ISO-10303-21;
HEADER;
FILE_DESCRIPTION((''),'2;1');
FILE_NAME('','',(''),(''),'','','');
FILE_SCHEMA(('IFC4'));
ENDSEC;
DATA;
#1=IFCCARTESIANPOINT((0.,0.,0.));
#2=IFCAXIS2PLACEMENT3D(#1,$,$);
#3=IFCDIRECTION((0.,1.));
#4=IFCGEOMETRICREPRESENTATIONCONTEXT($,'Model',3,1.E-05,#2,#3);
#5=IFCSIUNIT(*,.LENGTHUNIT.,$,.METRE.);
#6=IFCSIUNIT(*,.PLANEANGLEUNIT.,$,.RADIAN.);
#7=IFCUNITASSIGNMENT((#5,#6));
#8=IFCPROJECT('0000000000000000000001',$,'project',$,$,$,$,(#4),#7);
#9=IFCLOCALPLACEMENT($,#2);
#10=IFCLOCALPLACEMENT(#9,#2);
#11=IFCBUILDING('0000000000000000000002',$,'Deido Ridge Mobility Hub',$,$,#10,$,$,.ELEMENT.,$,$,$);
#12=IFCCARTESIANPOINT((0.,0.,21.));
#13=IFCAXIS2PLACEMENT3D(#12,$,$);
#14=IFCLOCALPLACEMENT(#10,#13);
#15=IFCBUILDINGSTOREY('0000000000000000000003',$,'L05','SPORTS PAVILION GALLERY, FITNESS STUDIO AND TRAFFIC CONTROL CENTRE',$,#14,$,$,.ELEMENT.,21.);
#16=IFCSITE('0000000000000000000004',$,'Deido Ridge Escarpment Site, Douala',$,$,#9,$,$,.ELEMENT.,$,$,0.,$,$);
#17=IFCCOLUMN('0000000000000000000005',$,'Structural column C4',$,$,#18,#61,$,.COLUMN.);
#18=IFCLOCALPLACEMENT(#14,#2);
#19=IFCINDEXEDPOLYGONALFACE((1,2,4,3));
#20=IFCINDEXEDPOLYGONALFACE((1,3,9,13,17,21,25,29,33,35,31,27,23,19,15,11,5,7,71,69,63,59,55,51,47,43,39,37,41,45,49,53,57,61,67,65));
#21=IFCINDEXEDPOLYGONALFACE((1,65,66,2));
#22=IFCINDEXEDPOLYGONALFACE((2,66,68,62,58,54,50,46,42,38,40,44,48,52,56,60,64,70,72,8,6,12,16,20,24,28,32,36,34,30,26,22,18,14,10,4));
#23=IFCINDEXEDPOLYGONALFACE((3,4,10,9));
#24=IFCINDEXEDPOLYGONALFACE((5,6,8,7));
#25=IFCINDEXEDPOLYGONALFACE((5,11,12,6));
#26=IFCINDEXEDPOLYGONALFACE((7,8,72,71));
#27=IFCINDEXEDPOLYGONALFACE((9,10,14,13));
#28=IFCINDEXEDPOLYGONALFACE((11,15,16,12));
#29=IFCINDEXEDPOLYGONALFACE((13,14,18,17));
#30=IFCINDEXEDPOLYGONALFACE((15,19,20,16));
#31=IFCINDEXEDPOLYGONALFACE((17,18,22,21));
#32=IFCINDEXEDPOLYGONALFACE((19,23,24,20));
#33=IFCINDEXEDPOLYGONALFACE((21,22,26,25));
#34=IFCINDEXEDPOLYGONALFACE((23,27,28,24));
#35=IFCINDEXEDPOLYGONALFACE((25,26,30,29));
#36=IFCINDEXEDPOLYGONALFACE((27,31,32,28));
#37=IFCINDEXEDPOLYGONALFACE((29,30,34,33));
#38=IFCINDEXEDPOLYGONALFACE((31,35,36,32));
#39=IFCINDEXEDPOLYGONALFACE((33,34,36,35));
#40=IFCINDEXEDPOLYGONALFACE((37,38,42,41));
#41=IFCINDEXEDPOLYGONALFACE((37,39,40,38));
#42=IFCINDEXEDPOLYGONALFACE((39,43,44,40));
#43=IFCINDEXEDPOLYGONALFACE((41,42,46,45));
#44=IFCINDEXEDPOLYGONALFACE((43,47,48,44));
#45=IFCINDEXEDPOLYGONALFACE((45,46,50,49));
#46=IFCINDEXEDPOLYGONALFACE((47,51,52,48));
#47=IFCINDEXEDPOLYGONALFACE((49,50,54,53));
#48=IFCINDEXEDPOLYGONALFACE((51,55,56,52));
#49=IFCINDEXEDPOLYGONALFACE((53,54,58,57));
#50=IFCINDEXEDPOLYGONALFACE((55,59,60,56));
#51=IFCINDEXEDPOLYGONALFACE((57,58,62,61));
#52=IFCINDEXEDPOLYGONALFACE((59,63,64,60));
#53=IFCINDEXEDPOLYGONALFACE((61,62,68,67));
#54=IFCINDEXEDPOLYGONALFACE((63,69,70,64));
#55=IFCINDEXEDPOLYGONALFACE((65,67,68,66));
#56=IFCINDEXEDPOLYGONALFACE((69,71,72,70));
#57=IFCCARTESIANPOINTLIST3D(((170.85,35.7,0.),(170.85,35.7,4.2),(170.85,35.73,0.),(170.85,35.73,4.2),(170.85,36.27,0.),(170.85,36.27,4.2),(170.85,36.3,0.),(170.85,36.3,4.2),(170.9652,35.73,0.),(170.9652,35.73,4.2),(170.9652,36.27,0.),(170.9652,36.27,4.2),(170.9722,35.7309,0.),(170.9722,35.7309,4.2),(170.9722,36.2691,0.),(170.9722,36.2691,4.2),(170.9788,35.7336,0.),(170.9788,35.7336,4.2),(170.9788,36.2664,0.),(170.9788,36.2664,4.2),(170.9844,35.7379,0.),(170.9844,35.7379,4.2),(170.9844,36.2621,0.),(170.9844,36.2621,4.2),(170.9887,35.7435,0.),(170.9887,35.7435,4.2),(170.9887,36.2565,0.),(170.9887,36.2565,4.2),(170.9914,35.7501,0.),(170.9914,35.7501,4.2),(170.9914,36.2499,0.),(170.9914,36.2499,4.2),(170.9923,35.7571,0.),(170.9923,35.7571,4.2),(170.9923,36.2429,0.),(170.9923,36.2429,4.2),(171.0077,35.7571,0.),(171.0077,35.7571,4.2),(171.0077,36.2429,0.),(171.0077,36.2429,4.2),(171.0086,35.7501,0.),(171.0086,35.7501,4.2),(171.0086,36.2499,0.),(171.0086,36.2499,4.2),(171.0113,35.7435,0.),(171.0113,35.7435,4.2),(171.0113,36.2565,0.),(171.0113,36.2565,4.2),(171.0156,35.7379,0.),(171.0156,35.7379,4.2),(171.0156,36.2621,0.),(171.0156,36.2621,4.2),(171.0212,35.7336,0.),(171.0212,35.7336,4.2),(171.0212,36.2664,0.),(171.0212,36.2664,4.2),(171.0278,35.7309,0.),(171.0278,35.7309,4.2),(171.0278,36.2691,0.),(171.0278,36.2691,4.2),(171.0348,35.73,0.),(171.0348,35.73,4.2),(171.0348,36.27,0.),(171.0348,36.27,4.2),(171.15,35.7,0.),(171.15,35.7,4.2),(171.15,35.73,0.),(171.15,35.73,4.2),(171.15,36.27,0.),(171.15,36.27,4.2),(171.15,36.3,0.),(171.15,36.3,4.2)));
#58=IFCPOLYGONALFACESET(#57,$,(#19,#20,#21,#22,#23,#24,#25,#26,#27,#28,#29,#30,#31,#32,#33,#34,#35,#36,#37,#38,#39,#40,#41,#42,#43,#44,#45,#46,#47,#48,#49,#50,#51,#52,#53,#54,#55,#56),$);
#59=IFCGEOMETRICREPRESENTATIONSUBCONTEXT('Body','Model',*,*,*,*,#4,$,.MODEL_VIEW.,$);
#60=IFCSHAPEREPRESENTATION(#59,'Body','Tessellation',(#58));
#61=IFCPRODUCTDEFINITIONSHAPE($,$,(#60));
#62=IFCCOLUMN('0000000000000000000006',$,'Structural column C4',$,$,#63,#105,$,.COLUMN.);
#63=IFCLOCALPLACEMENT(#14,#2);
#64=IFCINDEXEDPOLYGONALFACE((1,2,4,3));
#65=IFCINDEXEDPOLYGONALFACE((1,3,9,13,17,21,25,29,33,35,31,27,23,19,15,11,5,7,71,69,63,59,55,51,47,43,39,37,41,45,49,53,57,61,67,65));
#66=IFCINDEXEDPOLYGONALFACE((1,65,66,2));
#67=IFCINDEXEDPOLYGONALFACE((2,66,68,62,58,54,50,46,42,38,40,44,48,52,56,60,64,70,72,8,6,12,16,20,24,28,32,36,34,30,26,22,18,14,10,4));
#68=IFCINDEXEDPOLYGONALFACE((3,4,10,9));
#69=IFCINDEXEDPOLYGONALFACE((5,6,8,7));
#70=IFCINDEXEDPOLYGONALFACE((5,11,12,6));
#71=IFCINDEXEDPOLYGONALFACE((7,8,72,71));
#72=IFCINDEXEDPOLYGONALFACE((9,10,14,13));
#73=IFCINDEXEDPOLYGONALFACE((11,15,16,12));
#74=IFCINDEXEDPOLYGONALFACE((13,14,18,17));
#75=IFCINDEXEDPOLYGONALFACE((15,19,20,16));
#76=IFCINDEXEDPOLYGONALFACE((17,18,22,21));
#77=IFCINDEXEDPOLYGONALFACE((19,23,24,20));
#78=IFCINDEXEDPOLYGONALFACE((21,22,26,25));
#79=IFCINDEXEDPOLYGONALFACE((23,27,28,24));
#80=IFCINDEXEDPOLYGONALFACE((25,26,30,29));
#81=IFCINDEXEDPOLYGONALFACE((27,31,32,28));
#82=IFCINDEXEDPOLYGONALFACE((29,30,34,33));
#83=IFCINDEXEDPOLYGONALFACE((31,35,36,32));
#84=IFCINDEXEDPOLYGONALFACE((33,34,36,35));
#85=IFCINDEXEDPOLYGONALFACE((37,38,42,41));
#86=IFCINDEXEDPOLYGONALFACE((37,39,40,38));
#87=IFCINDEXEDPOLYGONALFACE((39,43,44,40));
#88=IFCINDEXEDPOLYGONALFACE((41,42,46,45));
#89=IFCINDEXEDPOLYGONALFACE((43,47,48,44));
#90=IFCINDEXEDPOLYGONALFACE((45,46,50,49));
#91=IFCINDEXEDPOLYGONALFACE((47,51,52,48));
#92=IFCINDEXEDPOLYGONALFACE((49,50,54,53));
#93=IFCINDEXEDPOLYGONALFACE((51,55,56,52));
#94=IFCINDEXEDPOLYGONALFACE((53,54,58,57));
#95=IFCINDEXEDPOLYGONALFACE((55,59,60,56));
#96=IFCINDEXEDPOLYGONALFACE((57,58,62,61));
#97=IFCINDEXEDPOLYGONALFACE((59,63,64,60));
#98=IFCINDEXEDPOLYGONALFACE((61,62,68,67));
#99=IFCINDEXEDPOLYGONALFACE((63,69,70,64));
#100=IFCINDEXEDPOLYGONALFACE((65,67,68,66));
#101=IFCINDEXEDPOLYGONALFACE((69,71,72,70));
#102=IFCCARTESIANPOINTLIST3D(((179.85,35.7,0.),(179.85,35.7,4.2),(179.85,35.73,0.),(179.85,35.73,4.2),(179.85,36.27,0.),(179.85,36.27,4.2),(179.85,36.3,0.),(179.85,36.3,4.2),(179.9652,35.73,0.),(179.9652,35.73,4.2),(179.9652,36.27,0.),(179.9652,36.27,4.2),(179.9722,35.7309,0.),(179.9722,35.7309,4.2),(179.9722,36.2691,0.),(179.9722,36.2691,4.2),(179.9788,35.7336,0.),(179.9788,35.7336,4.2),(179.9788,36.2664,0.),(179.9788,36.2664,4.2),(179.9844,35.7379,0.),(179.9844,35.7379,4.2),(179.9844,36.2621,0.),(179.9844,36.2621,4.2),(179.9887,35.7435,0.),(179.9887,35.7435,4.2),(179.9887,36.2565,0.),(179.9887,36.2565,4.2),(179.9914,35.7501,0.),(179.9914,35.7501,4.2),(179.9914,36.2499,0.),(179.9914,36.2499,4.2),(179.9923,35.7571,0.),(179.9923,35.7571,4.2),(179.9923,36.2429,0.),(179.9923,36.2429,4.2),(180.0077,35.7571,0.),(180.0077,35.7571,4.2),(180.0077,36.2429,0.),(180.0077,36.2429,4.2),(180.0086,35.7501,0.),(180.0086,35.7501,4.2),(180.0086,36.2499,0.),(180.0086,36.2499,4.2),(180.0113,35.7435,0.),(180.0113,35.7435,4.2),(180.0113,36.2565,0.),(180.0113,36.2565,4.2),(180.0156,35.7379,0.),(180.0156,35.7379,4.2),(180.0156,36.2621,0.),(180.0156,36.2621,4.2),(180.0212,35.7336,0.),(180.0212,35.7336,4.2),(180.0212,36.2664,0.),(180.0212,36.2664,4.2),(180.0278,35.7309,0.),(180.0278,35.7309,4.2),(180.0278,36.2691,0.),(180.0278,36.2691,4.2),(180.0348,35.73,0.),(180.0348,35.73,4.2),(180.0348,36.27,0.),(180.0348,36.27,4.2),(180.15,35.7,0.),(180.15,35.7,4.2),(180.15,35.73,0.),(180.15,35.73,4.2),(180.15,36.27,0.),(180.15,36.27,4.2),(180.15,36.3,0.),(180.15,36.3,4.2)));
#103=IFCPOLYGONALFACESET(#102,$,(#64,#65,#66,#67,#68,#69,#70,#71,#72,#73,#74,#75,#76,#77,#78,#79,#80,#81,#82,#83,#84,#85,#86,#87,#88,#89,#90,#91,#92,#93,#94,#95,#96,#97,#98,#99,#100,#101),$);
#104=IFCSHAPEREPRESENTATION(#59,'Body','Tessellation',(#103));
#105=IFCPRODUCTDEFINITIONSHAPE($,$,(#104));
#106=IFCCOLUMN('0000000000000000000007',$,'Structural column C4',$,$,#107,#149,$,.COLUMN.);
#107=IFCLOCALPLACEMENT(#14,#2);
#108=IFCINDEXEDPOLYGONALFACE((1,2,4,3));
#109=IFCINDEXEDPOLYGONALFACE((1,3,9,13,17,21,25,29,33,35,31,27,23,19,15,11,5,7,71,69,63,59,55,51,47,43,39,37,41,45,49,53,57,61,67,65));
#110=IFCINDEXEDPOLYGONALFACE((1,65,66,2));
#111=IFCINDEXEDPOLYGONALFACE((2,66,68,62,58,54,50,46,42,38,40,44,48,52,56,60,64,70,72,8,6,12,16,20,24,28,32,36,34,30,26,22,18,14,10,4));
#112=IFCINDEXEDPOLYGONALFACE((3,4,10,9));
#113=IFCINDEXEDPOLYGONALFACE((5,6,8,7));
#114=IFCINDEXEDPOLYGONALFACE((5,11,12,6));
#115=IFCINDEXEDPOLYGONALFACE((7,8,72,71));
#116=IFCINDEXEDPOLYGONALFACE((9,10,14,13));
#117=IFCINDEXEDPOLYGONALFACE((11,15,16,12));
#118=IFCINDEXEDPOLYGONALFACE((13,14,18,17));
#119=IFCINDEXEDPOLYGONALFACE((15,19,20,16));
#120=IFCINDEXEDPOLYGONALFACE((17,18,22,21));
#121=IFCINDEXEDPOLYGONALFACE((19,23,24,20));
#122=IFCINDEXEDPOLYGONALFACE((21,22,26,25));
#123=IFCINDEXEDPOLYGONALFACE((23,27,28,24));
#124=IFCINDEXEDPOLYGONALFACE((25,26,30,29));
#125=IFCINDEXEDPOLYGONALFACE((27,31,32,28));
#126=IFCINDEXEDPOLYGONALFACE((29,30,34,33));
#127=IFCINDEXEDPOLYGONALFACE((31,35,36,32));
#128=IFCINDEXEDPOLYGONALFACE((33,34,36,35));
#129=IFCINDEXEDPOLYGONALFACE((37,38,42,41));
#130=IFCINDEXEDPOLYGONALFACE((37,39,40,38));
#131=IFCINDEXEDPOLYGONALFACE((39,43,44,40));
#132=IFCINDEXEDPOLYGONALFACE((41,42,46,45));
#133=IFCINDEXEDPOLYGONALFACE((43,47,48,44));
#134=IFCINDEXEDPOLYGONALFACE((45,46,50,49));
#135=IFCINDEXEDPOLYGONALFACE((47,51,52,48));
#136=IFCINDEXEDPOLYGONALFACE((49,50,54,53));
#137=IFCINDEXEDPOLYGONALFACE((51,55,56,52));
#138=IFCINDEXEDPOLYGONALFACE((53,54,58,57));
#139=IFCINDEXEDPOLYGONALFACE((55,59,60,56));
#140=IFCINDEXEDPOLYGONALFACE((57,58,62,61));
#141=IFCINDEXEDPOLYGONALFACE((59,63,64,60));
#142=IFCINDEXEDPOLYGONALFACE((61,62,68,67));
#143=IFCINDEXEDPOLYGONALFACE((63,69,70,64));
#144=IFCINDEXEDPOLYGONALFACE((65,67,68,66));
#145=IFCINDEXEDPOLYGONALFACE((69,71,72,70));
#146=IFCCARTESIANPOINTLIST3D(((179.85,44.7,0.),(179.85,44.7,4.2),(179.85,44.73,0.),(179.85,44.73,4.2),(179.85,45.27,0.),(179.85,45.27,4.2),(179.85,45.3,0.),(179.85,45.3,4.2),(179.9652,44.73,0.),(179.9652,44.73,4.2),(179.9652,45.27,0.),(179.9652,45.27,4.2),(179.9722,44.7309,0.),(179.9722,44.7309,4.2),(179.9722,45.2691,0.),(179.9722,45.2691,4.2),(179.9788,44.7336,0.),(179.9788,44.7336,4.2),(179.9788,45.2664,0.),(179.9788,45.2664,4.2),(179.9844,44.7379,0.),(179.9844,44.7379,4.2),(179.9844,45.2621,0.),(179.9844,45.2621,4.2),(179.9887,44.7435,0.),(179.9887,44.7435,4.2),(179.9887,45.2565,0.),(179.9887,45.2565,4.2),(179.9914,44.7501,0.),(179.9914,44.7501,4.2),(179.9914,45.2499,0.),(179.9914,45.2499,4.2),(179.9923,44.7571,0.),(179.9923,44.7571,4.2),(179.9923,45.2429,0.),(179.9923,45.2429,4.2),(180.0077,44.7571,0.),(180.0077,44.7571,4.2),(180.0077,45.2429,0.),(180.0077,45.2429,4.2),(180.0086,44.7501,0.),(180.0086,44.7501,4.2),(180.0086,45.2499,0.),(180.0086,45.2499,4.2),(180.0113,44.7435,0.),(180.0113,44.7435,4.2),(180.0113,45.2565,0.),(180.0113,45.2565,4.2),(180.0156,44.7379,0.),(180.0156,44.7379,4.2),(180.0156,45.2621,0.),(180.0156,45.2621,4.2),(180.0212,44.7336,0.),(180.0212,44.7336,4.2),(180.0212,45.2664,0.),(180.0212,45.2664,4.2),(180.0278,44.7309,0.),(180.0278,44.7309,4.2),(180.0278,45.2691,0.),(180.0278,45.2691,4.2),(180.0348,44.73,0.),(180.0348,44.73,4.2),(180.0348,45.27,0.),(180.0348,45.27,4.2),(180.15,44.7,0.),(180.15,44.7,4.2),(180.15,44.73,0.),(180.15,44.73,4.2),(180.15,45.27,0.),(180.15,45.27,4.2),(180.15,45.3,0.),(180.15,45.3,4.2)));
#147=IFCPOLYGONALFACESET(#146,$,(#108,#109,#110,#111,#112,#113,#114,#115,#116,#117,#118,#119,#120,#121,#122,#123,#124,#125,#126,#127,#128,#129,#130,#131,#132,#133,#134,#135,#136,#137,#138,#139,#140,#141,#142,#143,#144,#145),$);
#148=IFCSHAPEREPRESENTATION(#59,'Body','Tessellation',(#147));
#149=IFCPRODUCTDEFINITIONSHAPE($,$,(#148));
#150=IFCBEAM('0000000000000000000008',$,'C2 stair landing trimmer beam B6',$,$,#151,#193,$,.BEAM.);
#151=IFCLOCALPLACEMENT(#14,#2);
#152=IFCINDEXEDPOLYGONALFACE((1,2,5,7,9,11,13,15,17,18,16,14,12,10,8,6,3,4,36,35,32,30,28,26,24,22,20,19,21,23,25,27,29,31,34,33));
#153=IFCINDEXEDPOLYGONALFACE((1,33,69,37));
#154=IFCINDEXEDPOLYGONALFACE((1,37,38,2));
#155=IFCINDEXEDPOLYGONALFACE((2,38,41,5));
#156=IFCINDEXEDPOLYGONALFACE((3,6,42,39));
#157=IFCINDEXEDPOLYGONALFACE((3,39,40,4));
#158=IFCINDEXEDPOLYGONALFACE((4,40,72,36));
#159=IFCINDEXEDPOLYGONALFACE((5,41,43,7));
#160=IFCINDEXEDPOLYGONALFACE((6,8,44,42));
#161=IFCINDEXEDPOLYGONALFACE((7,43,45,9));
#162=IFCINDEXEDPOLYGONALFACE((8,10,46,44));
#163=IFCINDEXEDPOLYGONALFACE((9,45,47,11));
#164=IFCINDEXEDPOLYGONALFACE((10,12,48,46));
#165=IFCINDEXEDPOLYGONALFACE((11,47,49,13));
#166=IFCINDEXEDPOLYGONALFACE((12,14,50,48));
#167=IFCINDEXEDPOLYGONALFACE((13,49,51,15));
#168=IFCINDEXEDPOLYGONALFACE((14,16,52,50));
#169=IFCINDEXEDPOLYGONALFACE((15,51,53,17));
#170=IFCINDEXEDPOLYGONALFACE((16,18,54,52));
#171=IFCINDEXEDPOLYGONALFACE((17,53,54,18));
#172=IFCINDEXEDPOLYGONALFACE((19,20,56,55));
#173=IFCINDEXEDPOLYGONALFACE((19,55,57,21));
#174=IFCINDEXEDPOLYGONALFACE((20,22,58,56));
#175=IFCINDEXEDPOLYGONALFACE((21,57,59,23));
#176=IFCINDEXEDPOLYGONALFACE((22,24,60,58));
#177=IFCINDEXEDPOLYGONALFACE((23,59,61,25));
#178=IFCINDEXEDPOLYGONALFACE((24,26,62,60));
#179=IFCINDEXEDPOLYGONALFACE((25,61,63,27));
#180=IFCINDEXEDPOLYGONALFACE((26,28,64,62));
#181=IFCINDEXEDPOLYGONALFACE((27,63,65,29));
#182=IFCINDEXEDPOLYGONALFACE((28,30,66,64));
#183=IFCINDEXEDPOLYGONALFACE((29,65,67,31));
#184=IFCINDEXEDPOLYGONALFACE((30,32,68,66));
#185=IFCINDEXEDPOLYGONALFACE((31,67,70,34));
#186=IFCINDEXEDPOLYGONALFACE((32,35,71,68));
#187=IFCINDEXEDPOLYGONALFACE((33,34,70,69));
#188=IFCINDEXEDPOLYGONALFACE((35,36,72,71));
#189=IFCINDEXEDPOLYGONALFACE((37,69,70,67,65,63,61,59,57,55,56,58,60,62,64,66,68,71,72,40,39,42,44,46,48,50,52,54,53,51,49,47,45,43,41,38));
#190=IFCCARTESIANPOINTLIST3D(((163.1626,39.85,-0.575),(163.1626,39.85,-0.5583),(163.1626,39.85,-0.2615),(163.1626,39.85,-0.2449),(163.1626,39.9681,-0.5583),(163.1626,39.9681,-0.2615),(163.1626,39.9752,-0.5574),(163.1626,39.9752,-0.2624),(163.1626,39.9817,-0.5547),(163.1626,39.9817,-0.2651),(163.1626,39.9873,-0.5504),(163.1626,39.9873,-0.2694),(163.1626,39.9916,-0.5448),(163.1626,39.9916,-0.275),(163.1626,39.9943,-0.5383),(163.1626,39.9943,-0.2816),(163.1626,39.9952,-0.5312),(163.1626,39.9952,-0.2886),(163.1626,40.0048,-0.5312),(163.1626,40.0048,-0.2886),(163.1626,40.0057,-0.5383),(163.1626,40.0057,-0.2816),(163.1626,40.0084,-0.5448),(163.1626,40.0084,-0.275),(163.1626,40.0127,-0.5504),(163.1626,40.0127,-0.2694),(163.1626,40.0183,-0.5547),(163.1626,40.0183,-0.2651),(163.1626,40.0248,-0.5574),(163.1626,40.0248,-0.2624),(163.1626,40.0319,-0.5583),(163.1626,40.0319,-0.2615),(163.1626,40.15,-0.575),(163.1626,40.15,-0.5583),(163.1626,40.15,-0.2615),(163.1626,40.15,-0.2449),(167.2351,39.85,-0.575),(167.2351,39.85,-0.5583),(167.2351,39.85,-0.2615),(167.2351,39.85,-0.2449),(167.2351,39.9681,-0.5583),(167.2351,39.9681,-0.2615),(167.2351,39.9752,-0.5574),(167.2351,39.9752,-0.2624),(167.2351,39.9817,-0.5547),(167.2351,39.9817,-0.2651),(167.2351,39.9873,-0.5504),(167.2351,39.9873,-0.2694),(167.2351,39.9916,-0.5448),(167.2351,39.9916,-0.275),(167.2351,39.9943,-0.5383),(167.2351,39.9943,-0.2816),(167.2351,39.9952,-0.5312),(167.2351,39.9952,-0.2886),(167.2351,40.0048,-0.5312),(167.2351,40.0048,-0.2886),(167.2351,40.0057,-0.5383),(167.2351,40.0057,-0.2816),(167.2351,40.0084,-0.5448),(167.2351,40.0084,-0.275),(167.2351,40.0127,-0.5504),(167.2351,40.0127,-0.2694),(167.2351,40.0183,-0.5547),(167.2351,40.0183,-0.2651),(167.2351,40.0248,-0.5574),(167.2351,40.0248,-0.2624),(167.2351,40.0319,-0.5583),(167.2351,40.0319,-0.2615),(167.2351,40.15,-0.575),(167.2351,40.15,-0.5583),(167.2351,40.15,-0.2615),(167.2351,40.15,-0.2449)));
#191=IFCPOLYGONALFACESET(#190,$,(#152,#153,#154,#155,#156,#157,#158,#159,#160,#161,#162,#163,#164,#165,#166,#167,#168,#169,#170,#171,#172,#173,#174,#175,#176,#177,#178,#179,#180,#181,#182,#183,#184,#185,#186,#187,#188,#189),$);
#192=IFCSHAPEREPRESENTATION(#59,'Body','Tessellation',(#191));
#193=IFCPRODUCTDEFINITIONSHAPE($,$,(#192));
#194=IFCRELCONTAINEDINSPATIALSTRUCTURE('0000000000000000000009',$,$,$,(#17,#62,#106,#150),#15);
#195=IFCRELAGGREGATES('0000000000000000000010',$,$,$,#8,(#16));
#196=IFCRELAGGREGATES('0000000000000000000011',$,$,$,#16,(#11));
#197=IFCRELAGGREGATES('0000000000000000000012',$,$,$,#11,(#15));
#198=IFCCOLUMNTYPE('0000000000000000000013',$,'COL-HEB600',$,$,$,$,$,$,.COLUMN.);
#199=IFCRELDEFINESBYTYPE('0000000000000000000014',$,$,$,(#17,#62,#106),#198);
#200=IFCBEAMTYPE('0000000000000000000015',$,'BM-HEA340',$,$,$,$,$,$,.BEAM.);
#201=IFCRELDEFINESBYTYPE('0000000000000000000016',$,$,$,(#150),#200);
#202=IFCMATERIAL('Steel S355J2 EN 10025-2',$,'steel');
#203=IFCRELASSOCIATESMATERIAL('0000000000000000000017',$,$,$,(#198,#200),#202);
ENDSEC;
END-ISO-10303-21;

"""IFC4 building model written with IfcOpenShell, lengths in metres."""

from ifc_helpers import new_model, si_unit, direction, frame, origin, origin_2d, place, context, subcontext, project, spatial, i_section, extrude, material, material_profile, profile_set, type_object, element, save


model = new_model("IFC4")

# Units and contexts
model_context = context("Model", 3, precision=1e-05, world=origin(), true_north=direction((0.0, 1.0)))
body_context = subcontext(model_context, "Body", "Model", "MODEL_VIEW")
ifc_project = project(units=[si_unit("LENGTHUNIT", "METRE"), si_unit("PLANEANGLEUNIT", "RADIAN")], contexts=[model_context])

# Site, building, storey
site_placement = place(None, origin())
site = spatial("IfcSite", under=ifc_project, at=site_placement, Name="Deido Ridge Escarpment Site, Douala", CompositionType="ELEMENT", RefElevation=0.0)
building_placement = place(site_placement, origin())
building = spatial("IfcBuilding", under=site, at=building_placement, Name="Deido Ridge Mobility Hub", CompositionType="ELEMENT")
storey_placement = place(building_placement, frame((0.0, 0.0, 21.0)))
storey = spatial("IfcBuildingStorey", under=building, at=storey_placement, Name="L05", Description="SPORTS PAVILION GALLERY, FITNESS STUDIO AND TRAFFIC CONTROL CENTRE", CompositionType="ELEMENT", Elevation=21.0)

# Columns
ifc_material_1 = material(Name="Steel S355J2 EN 10025-2", Category="steel")
ifc_material_profile_1 = material_profile(ifc_material_1, i_section(OverallWidth=0.3, OverallDepth=0.6001, WebThickness=0.0154, FlangeThickness=0.03, FilletRadius=0.0271, at=origin_2d()), Name="HEB 600")
ifc_profile_set_1 = profile_set([ifc_material_profile_1], Name="Steel S355J2 EN 10025-2")
column_type = type_object("IfcColumnType", Name="COL-HEB600", PredefinedType="COLUMN", material=ifc_profile_set_1)
for number, where, z_axis, x_axis, name in (
    (1, (171.0, 36.0, 0.0), (0.0, 0.0, 1.0), (1.0, 0.0, 0.0), "Structural column C4"),
    (2, (180.0, 36.0, 0.0), (0.0, 0.0, 1.0), (1.0, 0.0, 0.0), "Structural column C4"),
    (3, (180.0, 45.0, 0.0), (0.0, 0.0, 1.0), (1.0, 0.0, 0.0), "Structural column C4"),
):
    element("IfcColumn", number, at=place(storey_placement, frame(where, z_axis=z_axis, x_axis=x_axis)), inside=storey, type_object=column_type, Name=name, PredefinedType="COLUMN", context=body_context, shape_type="SweptSolid", body=[
        extrude(i_section(OverallWidth=0.3, OverallDepth=0.6001, WebThickness=0.0154, FlangeThickness=0.03, FilletRadius=0.0271, at=origin_2d()), origin(), (0.0, 0.0, 1.0), 4.2),
    ])

# Beam
ifc_material_profile_2 = material_profile(ifc_material_1, i_section(OverallWidth=0.3, OverallDepth=0.3301, WebThickness=0.0095, FlangeThickness=0.0166, FilletRadius=0.0271, at=origin_2d()), Name="HEA 340")
ifc_profile_set_2 = profile_set([ifc_material_profile_2], Name="Steel S355J2 EN 10025-2")
beam_type_1 = type_object("IfcBeamType", Name="BM-HEA340", PredefinedType="BEAM", material=ifc_profile_set_2)
beam_1_placement = place(storey_placement, frame((163.1626, 40.0, -0.4099), z_axis=(1.0, 0.0, 0.0), x_axis=(0.0, 1.0, 0.0)))
element("IfcBeam", 4, at=beam_1_placement, inside=storey, type_object=beam_type_1, Name="C2 stair landing trimmer beam B6", PredefinedType="BEAM", context=body_context, shape_type="SweptSolid", body=[
    extrude(i_section(OverallWidth=0.3, OverallDepth=0.3301, WebThickness=0.0095, FlangeThickness=0.0166, FilletRadius=0.0271, at=origin_2d()), origin(), (0.0, 0.0, 1.0), 4.0725),
])

save(model, "model.ifc")
